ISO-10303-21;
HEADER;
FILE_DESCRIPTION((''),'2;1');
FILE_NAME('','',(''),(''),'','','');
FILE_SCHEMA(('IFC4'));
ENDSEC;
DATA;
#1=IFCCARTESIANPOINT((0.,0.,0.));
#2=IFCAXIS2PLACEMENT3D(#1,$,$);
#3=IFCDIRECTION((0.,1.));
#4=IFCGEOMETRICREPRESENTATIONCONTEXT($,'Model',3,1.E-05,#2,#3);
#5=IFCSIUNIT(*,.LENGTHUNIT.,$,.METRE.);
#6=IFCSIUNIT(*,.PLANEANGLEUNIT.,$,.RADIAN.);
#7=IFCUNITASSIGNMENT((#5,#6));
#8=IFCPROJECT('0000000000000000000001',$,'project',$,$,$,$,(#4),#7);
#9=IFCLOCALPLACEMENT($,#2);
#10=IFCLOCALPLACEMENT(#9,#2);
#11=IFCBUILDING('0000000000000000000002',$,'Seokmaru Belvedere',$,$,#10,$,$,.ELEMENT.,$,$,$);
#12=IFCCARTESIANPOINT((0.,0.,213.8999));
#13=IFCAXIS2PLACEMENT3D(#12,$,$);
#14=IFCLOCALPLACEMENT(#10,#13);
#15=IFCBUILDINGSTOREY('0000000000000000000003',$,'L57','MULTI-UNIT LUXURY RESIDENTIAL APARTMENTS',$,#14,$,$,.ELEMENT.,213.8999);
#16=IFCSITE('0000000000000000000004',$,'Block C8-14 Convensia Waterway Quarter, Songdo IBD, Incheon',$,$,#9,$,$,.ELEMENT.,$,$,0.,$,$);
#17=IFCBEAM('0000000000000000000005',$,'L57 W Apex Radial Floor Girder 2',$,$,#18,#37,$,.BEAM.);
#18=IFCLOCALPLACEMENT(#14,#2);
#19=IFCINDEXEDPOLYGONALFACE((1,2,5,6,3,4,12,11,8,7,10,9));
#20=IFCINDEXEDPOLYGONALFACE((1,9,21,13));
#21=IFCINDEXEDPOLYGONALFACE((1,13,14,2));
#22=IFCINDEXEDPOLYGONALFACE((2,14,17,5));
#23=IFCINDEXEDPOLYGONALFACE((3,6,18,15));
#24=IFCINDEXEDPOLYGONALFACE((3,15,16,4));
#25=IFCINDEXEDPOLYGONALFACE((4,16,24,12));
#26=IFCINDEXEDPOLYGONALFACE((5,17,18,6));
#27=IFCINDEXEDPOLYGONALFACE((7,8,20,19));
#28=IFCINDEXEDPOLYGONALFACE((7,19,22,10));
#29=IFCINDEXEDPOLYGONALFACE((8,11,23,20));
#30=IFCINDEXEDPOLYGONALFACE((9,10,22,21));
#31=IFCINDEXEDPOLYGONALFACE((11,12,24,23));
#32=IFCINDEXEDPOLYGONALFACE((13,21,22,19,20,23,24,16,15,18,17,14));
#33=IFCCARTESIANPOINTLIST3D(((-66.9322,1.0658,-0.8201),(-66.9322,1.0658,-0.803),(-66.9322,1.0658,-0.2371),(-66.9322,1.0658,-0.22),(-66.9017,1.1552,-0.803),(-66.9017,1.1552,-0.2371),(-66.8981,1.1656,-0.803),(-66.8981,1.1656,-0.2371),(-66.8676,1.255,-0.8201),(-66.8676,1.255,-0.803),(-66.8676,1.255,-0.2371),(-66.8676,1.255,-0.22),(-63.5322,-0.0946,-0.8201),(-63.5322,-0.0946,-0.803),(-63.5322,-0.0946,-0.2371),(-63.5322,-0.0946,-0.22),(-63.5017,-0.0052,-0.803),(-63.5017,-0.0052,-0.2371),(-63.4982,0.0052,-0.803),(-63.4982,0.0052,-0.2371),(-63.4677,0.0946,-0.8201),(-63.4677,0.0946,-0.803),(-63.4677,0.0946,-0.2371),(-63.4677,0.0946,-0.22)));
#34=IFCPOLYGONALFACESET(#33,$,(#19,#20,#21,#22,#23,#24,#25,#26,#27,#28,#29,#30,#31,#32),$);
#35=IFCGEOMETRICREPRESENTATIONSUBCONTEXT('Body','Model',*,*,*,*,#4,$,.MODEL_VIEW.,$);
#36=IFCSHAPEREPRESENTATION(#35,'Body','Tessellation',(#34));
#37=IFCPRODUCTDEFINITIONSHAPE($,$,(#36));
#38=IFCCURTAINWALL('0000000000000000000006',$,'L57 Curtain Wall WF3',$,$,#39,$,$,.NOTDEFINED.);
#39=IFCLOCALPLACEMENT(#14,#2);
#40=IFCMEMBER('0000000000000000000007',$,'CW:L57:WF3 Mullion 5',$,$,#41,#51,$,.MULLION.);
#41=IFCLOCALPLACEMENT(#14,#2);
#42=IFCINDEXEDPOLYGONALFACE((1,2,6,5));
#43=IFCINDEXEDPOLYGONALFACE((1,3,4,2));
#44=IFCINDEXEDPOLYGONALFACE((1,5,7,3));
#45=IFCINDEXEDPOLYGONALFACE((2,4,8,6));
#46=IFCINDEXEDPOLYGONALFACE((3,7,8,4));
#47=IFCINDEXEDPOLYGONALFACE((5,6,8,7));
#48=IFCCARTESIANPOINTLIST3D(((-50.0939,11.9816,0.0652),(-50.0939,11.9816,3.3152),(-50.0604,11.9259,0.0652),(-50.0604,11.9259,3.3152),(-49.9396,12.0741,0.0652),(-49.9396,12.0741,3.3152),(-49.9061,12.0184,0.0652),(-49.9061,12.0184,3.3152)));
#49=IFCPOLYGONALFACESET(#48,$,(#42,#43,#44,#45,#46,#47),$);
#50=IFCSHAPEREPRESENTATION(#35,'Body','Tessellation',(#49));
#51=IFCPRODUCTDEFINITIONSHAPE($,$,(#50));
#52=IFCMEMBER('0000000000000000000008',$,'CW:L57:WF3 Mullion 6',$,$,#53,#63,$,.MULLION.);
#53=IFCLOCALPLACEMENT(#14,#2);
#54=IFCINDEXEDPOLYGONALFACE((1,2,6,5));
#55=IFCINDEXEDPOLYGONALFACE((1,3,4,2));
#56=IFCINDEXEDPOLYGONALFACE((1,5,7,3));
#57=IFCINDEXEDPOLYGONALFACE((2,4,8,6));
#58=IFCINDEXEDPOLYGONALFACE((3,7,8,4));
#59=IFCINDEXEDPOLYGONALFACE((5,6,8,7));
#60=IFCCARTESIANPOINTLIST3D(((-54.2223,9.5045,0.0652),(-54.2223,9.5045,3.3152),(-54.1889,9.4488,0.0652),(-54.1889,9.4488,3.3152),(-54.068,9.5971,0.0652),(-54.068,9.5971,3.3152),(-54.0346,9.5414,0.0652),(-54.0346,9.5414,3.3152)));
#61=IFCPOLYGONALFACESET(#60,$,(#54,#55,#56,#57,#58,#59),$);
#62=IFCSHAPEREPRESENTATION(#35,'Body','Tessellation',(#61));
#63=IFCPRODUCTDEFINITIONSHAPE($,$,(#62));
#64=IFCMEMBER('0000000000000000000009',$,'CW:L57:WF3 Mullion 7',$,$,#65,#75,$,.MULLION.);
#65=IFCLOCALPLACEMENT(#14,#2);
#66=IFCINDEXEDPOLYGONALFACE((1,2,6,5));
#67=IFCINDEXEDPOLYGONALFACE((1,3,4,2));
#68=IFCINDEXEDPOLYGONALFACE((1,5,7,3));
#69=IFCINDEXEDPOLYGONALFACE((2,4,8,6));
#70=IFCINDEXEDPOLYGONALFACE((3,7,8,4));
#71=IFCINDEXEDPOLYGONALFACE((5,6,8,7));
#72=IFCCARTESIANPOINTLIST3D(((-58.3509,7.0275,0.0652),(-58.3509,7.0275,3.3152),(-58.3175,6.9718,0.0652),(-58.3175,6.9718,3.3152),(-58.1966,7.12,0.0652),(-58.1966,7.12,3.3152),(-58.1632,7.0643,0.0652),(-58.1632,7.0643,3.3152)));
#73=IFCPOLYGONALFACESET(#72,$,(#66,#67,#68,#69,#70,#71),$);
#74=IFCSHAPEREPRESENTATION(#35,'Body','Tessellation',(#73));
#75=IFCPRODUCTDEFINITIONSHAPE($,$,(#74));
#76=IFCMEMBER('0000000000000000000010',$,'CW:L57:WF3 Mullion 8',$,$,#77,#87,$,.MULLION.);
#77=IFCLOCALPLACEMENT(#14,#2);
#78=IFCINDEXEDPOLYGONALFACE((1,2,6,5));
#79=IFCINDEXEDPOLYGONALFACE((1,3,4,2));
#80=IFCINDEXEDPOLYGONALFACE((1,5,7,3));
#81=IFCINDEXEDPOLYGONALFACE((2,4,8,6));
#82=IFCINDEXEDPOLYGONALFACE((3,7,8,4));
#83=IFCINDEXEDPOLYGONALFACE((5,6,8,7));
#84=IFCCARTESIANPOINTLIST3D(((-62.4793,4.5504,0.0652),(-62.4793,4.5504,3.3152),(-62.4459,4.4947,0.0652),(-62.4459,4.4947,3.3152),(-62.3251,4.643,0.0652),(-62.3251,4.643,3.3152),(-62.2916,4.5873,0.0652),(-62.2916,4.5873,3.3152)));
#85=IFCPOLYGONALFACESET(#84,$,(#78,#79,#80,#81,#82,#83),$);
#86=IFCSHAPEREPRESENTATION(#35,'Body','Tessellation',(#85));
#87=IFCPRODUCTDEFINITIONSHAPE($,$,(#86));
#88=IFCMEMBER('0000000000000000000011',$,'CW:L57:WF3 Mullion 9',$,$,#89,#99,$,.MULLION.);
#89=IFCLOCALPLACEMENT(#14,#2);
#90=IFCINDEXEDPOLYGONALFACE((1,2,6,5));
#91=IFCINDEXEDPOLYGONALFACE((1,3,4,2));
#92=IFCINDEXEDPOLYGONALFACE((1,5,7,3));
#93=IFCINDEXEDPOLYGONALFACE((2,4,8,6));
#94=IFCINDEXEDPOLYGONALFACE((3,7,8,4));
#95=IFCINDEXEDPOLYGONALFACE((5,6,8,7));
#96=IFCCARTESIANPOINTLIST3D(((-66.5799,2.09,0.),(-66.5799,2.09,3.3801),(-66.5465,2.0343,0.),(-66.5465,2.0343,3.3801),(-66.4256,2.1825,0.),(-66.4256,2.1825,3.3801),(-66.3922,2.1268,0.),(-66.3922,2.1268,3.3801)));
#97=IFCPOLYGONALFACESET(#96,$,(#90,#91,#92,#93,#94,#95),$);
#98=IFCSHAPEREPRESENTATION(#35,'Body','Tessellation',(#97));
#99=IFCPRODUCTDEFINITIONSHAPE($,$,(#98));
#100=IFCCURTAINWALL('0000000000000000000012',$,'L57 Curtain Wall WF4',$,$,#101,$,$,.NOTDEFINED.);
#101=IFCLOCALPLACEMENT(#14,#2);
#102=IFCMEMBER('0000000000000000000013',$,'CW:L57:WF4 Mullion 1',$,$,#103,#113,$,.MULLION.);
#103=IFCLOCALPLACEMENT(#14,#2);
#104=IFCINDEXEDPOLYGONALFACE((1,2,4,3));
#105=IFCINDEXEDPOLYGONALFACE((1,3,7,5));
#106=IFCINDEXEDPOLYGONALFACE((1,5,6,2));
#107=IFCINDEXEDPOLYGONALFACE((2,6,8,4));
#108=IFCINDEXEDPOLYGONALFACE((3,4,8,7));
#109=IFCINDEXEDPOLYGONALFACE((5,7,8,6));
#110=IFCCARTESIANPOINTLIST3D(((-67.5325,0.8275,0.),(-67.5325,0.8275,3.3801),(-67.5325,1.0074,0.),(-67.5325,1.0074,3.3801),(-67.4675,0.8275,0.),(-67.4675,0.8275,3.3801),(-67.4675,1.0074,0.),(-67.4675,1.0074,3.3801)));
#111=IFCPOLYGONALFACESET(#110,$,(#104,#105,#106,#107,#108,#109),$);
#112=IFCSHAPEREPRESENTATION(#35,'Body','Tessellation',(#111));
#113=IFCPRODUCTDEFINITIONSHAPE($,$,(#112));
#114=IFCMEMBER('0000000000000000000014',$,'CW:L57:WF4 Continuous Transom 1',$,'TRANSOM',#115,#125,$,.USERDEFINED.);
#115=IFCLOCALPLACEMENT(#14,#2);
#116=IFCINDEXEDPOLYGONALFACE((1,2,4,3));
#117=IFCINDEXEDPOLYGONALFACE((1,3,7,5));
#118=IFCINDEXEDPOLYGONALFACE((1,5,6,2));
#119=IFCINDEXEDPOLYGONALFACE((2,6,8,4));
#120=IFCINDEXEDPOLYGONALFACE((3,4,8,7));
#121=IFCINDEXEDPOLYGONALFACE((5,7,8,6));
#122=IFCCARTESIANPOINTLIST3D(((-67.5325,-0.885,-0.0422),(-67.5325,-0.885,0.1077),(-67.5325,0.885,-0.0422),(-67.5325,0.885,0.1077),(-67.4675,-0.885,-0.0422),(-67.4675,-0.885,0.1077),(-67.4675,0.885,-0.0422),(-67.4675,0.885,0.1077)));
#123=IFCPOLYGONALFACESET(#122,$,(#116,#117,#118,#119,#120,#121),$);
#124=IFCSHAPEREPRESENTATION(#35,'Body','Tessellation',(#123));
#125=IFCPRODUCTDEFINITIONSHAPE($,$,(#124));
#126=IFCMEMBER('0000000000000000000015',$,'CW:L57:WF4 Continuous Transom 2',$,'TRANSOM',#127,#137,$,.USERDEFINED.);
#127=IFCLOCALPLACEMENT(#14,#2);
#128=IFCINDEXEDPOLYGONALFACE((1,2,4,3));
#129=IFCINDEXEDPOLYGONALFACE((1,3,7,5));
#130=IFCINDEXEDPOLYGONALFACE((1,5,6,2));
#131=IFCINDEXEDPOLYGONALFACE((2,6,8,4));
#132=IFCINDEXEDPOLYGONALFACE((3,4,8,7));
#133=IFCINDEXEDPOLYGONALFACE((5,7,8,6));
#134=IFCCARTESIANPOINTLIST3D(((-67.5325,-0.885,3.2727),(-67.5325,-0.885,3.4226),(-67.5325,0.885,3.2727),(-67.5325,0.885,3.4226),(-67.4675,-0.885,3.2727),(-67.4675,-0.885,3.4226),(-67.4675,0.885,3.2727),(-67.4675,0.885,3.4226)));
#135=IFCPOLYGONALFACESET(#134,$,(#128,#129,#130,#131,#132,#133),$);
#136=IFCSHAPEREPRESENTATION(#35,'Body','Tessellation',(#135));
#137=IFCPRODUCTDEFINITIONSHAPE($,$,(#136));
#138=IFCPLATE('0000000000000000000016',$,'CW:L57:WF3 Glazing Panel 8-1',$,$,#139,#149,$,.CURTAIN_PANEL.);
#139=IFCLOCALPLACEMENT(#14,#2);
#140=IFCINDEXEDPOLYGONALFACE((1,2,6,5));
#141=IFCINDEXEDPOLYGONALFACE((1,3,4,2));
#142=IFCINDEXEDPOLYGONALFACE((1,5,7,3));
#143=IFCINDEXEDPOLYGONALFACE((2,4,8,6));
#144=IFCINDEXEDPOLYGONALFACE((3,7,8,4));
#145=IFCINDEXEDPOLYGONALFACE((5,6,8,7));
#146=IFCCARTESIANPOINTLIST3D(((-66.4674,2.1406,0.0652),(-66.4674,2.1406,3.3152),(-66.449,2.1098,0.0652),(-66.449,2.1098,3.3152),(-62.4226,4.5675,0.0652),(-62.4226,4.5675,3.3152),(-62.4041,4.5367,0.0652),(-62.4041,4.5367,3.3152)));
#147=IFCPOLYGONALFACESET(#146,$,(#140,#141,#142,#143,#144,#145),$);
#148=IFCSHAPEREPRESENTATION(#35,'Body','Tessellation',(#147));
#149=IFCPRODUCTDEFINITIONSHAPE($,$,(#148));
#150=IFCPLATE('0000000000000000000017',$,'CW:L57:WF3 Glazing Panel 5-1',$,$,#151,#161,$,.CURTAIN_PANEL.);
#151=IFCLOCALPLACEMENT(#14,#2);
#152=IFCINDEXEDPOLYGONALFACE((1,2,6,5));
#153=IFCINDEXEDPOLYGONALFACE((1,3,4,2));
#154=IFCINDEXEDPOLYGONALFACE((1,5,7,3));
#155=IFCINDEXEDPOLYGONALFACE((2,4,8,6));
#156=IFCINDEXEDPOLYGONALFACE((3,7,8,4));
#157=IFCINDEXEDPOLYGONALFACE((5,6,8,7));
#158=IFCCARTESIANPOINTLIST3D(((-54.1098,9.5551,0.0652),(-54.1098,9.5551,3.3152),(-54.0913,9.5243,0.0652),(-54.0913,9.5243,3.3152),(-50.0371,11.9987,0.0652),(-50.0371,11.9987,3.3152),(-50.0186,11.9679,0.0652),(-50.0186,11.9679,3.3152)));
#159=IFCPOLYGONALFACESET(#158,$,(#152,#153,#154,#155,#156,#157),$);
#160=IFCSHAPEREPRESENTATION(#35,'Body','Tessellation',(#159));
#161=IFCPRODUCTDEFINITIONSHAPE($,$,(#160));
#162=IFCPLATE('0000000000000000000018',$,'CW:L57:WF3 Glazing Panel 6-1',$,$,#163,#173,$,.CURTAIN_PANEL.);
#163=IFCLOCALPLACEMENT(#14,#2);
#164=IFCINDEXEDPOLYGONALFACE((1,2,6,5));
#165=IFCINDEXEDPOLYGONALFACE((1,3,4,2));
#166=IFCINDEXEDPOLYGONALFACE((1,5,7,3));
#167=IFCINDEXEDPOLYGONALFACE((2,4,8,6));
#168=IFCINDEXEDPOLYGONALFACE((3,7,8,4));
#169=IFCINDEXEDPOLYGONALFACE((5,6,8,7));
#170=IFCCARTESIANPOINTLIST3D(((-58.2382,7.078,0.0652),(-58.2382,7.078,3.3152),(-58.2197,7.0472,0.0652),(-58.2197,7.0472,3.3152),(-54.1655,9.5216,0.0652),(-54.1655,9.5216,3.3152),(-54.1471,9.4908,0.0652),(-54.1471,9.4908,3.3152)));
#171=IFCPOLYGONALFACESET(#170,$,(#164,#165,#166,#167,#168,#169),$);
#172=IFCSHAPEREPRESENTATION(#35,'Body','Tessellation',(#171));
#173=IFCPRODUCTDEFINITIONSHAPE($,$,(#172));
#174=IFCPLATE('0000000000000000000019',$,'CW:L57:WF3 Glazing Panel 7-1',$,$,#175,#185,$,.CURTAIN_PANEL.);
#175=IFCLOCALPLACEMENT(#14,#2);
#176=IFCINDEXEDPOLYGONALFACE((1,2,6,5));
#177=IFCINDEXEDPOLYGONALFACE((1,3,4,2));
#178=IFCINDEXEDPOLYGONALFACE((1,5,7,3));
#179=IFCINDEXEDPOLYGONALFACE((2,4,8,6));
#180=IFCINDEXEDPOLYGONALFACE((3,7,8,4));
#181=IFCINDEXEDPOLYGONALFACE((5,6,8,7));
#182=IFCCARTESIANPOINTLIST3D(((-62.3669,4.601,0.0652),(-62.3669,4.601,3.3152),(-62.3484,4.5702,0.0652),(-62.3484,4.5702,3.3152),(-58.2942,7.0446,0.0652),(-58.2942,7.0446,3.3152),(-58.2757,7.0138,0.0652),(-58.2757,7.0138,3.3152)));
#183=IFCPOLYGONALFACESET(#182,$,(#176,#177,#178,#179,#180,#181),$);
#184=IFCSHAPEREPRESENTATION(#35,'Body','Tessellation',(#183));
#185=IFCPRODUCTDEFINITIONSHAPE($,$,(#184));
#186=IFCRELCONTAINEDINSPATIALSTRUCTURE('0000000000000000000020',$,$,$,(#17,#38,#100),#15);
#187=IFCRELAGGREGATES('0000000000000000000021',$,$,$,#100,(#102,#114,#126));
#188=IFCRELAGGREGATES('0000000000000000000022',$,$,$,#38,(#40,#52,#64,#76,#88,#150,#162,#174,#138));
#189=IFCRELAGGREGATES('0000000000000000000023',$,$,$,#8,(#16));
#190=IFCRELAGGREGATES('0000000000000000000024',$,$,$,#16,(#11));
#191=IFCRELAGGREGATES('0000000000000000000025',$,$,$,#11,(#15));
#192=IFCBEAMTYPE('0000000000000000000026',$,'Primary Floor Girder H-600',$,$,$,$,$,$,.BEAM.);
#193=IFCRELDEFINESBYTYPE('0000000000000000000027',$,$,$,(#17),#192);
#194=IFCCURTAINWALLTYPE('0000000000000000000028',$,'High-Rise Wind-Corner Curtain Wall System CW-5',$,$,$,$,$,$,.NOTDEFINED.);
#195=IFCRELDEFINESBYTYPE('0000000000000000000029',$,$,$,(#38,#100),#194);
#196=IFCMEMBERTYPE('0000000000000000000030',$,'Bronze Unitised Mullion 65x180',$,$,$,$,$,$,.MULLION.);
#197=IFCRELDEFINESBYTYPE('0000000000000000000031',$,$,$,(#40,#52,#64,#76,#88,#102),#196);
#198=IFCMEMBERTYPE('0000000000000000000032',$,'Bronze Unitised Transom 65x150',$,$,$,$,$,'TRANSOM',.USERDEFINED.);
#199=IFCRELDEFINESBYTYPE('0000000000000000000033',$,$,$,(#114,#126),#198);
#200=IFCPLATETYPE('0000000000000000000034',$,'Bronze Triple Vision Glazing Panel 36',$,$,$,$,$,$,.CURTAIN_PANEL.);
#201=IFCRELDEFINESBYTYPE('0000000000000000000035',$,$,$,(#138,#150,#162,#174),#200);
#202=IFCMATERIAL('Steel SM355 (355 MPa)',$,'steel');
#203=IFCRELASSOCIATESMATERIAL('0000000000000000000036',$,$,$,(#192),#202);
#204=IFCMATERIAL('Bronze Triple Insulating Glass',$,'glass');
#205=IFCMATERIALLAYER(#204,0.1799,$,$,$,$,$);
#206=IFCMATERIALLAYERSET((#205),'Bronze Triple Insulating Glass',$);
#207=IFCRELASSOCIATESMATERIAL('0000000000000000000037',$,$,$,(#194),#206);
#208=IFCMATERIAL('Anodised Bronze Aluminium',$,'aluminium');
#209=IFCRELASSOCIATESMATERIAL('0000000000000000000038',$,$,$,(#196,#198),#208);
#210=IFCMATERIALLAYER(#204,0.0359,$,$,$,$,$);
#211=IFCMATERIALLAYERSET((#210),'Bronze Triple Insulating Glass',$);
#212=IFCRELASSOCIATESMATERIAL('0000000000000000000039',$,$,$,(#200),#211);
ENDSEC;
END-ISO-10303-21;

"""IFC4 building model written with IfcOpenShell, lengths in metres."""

from ifc_helpers import new_model, si_unit, direction, frame, origin, origin_2d, place, context, subcontext, project, spatial, rectangle, i_section, extrude, source, transform, mapped, material, layer, layer_set, material_profile, profile_set, type_object, type_shapes, element, aggregate, save


model = new_model("IFC4")

# Units and contexts
model_context = context("Model", 3, precision=1e-05, world=origin(), true_north=direction((0.0, 1.0)))
body_context = subcontext(model_context, "Body", "Model", "MODEL_VIEW")
ifc_project = project(units=[si_unit("LENGTHUNIT", "METRE"), si_unit("PLANEANGLEUNIT", "RADIAN")], contexts=[model_context])

# Site, building, storey
site_placement = place(None, origin())
site = spatial("IfcSite", under=ifc_project, at=site_placement, Name="Block C8-14 Convensia Waterway Quarter, Songdo IBD, Incheon", CompositionType="ELEMENT", RefElevation=0.0)
building_placement = place(site_placement, origin())
building = spatial("IfcBuilding", under=site, at=building_placement, Name="Seokmaru Belvedere", CompositionType="ELEMENT")
storey_placement = place(building_placement, frame((0.0, 0.0, 213.8999)))
storey = spatial("IfcBuildingStorey", under=building, at=storey_placement, Name="L57", Description="MULTI-UNIT LUXURY RESIDENTIAL APARTMENTS", CompositionType="ELEMENT", Elevation=213.8999)

# Shared definitions
ifc_material_1 = material(Name="Steel SM355 (355 MPa)", Category="steel")

# Beam
ifc_material_profile_1 = material_profile(ifc_material_1, i_section(OverallWidth=0.2, OverallDepth=0.6001, WebThickness=0.011, FlangeThickness=0.0171, at=origin_2d()), Name="H-600x200x11x17")
ifc_profile_set_1 = profile_set([ifc_material_profile_1], Name="Steel SM355 (355 MPa)")
beam_type_1 = type_object("IfcBeamType", Name="Primary Floor Girder H-600", PredefinedType="BEAM", material=ifc_profile_set_1)
shared_shape_1 = source(origin(), body_context, "Body", "SweptSolid", [
    extrude(i_section(OverallWidth=0.2, OverallDepth=0.6001, WebThickness=0.011, FlangeThickness=0.0171, at=origin_2d()), origin(), (0.0, 0.0, 1.0), 3.5925),
])
beam_1_placement = place(storey_placement, frame((-66.8999, 1.1604, -0.52), z_axis=(0.946396, -0.323009, 0.0), x_axis=(0.323009, 0.946396, 0.0)))
element("IfcBeam", 1, at=beam_1_placement, inside=storey, type_object=beam_type_1, Name="L57 W Apex Radial Floor Girder 2", PredefinedType="BEAM", context=body_context, shape_type="MappedRepresentation", body=[
    mapped(shared_shape_1, transform((0.0, 0.0, 0.0), scale=1.0)),
])

# Curtain walls, members
ifc_material_2 = material(Name="Bronze Triple Insulating Glass", Category="glass")
ifc_layer_1 = layer(ifc_material_2, 0.1799)
ifc_layer_set_1 = layer_set([ifc_layer_1], Name="Bronze Triple Insulating Glass")
curtain_wall_type = type_object("IfcCurtainWallType", Name="High-Rise Wind-Corner Curtain Wall System CW-5", PredefinedType="NOTDEFINED", material=ifc_layer_set_1)
curtain_wall_1_placement = place(storey_placement, origin())
curtain_wall_1 = element("IfcCurtainWall", 2, at=curtain_wall_1_placement, inside=storey, type_object=curtain_wall_type, Name="L57 Curtain Wall WF3", PredefinedType="NOTDEFINED")
ifc_material_3 = material(Name="Anodised Bronze Aluminium", Category="aluminium")
ifc_material_profile_2 = material_profile(ifc_material_3, rectangle(XDim=0.0649, YDim=0.1799, at=origin_2d()), Name="CW-M-65x180")
ifc_profile_set_2 = profile_set([ifc_material_profile_2], Name="Anodised Bronze Aluminium")
member_type_1 = type_object("IfcMemberType", Name="Bronze Unitised Mullion 65x180", PredefinedType="MULLION", material=ifc_profile_set_2)
shared_shape_2 = source(origin(), body_context, "Body", "SweptSolid", [
    extrude(rectangle(XDim=0.0649, YDim=0.1799, at=origin_2d()), origin(), (0.0, 0.0, 1.0), 3.25),
])
member_1_placement = place(storey_placement, frame((-50.0, 12.0, 0.0652), z_axis=(0.0, 0.0, 1.0), x_axis=(0.514495, -0.857493, 0.0)))
member_1 = element("IfcMember", 3, at=member_1_placement, type_object=member_type_1, Name="CW:L57:WF3 Mullion 5", PredefinedType="MULLION", context=body_context, shape_type="MappedRepresentation", body=[
    mapped(shared_shape_2, transform((0.0, 0.0, 0.0), scale=1.0)),
])
member_2_placement = place(storey_placement, frame((-54.1284, 9.5229, 0.0652), z_axis=(0.0, 0.0, 1.0), x_axis=(0.514495, -0.857493, 0.0)))
member_2 = element("IfcMember", 4, at=member_2_placement, type_object=member_type_1, Name="CW:L57:WF3 Mullion 6", PredefinedType="MULLION", context=body_context, shape_type="MappedRepresentation", body=[
    mapped(shared_shape_2, transform((0.0, 0.0, 0.0), scale=1.0)),
])
member_3_placement = place(storey_placement, frame((-58.2571, 7.0459, 0.0652), z_axis=(0.0, 0.0, 1.0), x_axis=(0.514495, -0.857493, 0.0)))
member_3 = element("IfcMember", 5, at=member_3_placement, type_object=member_type_1, Name="CW:L57:WF3 Mullion 7", PredefinedType="MULLION", context=body_context, shape_type="MappedRepresentation", body=[
    mapped(shared_shape_2, transform((0.0, 0.0, 0.0), scale=1.0)),
])
member_4_placement = place(storey_placement, frame((-62.3855, 4.5688, 0.0652), z_axis=(0.0, 0.0, 1.0), x_axis=(0.514495, -0.857493, 0.0)))
member_4 = element("IfcMember", 6, at=member_4_placement, type_object=member_type_1, Name="CW:L57:WF3 Mullion 8", PredefinedType="MULLION", context=body_context, shape_type="MappedRepresentation", body=[
    mapped(shared_shape_2, transform((0.0, 0.0, 0.0), scale=1.0)),
])
shared_shape_3 = source(origin(), body_context, "Body", "SweptSolid", [
    extrude(rectangle(XDim=0.0649, YDim=0.1799, at=origin_2d()), origin(), (0.0, 0.0, 1.0), 3.3801),
])
type_shapes(member_type_1, [shared_shape_2, shared_shape_3])
member_5_placement = place(storey_placement, frame((-66.4861, 2.1084, 0.0), z_axis=(0.0, 0.0, 1.0), x_axis=(0.514495, -0.857493, 0.0)))
member_5 = element("IfcMember", 7, at=member_5_placement, type_object=member_type_1, Name="CW:L57:WF3 Mullion 9", PredefinedType="MULLION", context=body_context, shape_type="MappedRepresentation", body=[
    mapped(shared_shape_3, transform((0.0, 0.0, 0.0), scale=1.0)),
])
curtain_wall_2_placement = place(storey_placement, origin())
curtain_wall_2 = element("IfcCurtainWall", 8, at=curtain_wall_2_placement, inside=storey, type_object=curtain_wall_type, Name="L57 Curtain Wall WF4", PredefinedType="NOTDEFINED")
member_6_placement = place(storey_placement, frame((-67.5, 0.9175, 0.0), z_axis=(0.0, 0.0, 1.0), x_axis=(1.0, 0.0, 0.0)))
member_6 = element("IfcMember", 9, at=member_6_placement, type_object=member_type_1, Name="CW:L57:WF4 Mullion 1", PredefinedType="MULLION", context=body_context, shape_type="MappedRepresentation", body=[
    mapped(shared_shape_3, transform((0.0, 0.0, 0.0), scale=1.0)),
])
ifc_material_profile_3 = material_profile(ifc_material_3, rectangle(XDim=0.0649, YDim=0.1499, at=origin_2d()), Name="CW-T-65x150")
ifc_profile_set_3 = profile_set([ifc_material_profile_3], Name="Anodised Bronze Aluminium")
member_type_2 = type_object("IfcMemberType", Name="Bronze Unitised Transom 65x150", ElementType="TRANSOM", PredefinedType="USERDEFINED", material=ifc_profile_set_3)
shared_shape_4 = source(origin(), body_context, "Body", "SweptSolid", [
    extrude(rectangle(XDim=0.0649, YDim=0.1499, at=origin_2d()), origin(), (0.0, 0.0, 1.0), 1.77),
])
type_shapes(member_type_2, [shared_shape_4])
member_7_placement = place(storey_placement, frame((-67.5, 0.885, 0.0327), z_axis=(0.0, -1.0, 0.0), x_axis=(1.0, 0.0, 0.0)))
member_7 = element("IfcMember", 10, at=member_7_placement, type_object=member_type_2, Name="CW:L57:WF4 Continuous Transom 1", ObjectType="TRANSOM", PredefinedType="USERDEFINED", context=body_context, shape_type="MappedRepresentation", body=[
    mapped(shared_shape_4, transform((0.0, 0.0, 0.0), scale=1.0)),
])
member_8_placement = place(storey_placement, frame((-67.5, 0.885, 3.3477), z_axis=(0.0, -1.0, 0.0), x_axis=(1.0, 0.0, 0.0)))
member_8 = element("IfcMember", 11, at=member_8_placement, type_object=member_type_2, Name="CW:L57:WF4 Continuous Transom 2", ObjectType="TRANSOM", PredefinedType="USERDEFINED", context=body_context, shape_type="MappedRepresentation", body=[
    mapped(shared_shape_4, transform((0.0, 0.0, 0.0), scale=1.0)),
])
aggregate(curtain_wall_2, [member_6, member_7, member_8])

# Plates
ifc_layer_2 = layer(ifc_material_2, 0.0359)
ifc_layer_set_2 = layer_set([ifc_layer_2], Name="Bronze Triple Insulating Glass")
plate_type = type_object("IfcPlateType", Name="Bronze Triple Vision Glazing Panel 36", PredefinedType="CURTAIN_PANEL", material=ifc_layer_set_2)
shared_shape_5 = source(origin(), body_context, "Body", "SweptSolid", [
    extrude(rectangle(XDim=4.717, YDim=0.0359, at=origin_2d()), origin(), (0.0, 0.0, 1.0), 3.25),
])
plate_1_placement = place(storey_placement, frame((-64.4358, 3.3386, 0.0652), z_axis=(0.0, 0.0, 1.0), x_axis=(-0.857493, -0.514495, 0.0)))
plate_1 = element("IfcPlate", 12, at=plate_1_placement, type_object=plate_type, Name="CW:L57:WF3 Glazing Panel 8-1", PredefinedType="CURTAIN_PANEL", context=body_context, shape_type="MappedRepresentation", body=[
    mapped(shared_shape_5, transform((0.0, 0.0, 0.0), scale=1.0)),
])
shared_shape_6 = source(origin(), body_context, "Body", "SweptSolid", [
    extrude(rectangle(XDim=4.7495, YDim=0.0359, at=origin_2d()), origin(), (0.0, 0.0, 1.0), 3.25),
])
type_shapes(plate_type, [shared_shape_5, shared_shape_6])
plate_2_placement = place(storey_placement, frame((-52.0642, 10.7615, 0.0652), z_axis=(0.0, 0.0, 1.0), x_axis=(-0.857493, -0.514495, 0.0)))
plate_2 = element("IfcPlate", 13, at=plate_2_placement, type_object=plate_type, Name="CW:L57:WF3 Glazing Panel 5-1", PredefinedType="CURTAIN_PANEL", context=body_context, shape_type="MappedRepresentation", body=[
    mapped(shared_shape_6, transform((0.0, 0.0, 0.0), scale=1.0)),
])
plate_3_placement = place(storey_placement, frame((-56.1926, 8.2844, 0.0652), z_axis=(0.0, 0.0, 1.0), x_axis=(-0.857493, -0.514495, 0.0)))
plate_3 = element("IfcPlate", 14, at=plate_3_placement, type_object=plate_type, Name="CW:L57:WF3 Glazing Panel 6-1", PredefinedType="CURTAIN_PANEL", context=body_context, shape_type="MappedRepresentation", body=[
    mapped(shared_shape_6, transform((0.0, 0.0, 0.0), scale=1.0)),
])
plate_4_placement = place(storey_placement, frame((-60.3213, 5.8074, 0.0652), z_axis=(0.0, 0.0, 1.0), x_axis=(-0.857493, -0.514495, 0.0)))
plate_4 = element("IfcPlate", 15, at=plate_4_placement, type_object=plate_type, Name="CW:L57:WF3 Glazing Panel 7-1", PredefinedType="CURTAIN_PANEL", context=body_context, shape_type="MappedRepresentation", body=[
    mapped(shared_shape_6, transform((0.0, 0.0, 0.0), scale=1.0)),
])
aggregate(curtain_wall_1, [member_1, member_2, member_3, member_4, member_5, plate_2, plate_3, plate_4, plate_1])

save(model, "model.ifc")
